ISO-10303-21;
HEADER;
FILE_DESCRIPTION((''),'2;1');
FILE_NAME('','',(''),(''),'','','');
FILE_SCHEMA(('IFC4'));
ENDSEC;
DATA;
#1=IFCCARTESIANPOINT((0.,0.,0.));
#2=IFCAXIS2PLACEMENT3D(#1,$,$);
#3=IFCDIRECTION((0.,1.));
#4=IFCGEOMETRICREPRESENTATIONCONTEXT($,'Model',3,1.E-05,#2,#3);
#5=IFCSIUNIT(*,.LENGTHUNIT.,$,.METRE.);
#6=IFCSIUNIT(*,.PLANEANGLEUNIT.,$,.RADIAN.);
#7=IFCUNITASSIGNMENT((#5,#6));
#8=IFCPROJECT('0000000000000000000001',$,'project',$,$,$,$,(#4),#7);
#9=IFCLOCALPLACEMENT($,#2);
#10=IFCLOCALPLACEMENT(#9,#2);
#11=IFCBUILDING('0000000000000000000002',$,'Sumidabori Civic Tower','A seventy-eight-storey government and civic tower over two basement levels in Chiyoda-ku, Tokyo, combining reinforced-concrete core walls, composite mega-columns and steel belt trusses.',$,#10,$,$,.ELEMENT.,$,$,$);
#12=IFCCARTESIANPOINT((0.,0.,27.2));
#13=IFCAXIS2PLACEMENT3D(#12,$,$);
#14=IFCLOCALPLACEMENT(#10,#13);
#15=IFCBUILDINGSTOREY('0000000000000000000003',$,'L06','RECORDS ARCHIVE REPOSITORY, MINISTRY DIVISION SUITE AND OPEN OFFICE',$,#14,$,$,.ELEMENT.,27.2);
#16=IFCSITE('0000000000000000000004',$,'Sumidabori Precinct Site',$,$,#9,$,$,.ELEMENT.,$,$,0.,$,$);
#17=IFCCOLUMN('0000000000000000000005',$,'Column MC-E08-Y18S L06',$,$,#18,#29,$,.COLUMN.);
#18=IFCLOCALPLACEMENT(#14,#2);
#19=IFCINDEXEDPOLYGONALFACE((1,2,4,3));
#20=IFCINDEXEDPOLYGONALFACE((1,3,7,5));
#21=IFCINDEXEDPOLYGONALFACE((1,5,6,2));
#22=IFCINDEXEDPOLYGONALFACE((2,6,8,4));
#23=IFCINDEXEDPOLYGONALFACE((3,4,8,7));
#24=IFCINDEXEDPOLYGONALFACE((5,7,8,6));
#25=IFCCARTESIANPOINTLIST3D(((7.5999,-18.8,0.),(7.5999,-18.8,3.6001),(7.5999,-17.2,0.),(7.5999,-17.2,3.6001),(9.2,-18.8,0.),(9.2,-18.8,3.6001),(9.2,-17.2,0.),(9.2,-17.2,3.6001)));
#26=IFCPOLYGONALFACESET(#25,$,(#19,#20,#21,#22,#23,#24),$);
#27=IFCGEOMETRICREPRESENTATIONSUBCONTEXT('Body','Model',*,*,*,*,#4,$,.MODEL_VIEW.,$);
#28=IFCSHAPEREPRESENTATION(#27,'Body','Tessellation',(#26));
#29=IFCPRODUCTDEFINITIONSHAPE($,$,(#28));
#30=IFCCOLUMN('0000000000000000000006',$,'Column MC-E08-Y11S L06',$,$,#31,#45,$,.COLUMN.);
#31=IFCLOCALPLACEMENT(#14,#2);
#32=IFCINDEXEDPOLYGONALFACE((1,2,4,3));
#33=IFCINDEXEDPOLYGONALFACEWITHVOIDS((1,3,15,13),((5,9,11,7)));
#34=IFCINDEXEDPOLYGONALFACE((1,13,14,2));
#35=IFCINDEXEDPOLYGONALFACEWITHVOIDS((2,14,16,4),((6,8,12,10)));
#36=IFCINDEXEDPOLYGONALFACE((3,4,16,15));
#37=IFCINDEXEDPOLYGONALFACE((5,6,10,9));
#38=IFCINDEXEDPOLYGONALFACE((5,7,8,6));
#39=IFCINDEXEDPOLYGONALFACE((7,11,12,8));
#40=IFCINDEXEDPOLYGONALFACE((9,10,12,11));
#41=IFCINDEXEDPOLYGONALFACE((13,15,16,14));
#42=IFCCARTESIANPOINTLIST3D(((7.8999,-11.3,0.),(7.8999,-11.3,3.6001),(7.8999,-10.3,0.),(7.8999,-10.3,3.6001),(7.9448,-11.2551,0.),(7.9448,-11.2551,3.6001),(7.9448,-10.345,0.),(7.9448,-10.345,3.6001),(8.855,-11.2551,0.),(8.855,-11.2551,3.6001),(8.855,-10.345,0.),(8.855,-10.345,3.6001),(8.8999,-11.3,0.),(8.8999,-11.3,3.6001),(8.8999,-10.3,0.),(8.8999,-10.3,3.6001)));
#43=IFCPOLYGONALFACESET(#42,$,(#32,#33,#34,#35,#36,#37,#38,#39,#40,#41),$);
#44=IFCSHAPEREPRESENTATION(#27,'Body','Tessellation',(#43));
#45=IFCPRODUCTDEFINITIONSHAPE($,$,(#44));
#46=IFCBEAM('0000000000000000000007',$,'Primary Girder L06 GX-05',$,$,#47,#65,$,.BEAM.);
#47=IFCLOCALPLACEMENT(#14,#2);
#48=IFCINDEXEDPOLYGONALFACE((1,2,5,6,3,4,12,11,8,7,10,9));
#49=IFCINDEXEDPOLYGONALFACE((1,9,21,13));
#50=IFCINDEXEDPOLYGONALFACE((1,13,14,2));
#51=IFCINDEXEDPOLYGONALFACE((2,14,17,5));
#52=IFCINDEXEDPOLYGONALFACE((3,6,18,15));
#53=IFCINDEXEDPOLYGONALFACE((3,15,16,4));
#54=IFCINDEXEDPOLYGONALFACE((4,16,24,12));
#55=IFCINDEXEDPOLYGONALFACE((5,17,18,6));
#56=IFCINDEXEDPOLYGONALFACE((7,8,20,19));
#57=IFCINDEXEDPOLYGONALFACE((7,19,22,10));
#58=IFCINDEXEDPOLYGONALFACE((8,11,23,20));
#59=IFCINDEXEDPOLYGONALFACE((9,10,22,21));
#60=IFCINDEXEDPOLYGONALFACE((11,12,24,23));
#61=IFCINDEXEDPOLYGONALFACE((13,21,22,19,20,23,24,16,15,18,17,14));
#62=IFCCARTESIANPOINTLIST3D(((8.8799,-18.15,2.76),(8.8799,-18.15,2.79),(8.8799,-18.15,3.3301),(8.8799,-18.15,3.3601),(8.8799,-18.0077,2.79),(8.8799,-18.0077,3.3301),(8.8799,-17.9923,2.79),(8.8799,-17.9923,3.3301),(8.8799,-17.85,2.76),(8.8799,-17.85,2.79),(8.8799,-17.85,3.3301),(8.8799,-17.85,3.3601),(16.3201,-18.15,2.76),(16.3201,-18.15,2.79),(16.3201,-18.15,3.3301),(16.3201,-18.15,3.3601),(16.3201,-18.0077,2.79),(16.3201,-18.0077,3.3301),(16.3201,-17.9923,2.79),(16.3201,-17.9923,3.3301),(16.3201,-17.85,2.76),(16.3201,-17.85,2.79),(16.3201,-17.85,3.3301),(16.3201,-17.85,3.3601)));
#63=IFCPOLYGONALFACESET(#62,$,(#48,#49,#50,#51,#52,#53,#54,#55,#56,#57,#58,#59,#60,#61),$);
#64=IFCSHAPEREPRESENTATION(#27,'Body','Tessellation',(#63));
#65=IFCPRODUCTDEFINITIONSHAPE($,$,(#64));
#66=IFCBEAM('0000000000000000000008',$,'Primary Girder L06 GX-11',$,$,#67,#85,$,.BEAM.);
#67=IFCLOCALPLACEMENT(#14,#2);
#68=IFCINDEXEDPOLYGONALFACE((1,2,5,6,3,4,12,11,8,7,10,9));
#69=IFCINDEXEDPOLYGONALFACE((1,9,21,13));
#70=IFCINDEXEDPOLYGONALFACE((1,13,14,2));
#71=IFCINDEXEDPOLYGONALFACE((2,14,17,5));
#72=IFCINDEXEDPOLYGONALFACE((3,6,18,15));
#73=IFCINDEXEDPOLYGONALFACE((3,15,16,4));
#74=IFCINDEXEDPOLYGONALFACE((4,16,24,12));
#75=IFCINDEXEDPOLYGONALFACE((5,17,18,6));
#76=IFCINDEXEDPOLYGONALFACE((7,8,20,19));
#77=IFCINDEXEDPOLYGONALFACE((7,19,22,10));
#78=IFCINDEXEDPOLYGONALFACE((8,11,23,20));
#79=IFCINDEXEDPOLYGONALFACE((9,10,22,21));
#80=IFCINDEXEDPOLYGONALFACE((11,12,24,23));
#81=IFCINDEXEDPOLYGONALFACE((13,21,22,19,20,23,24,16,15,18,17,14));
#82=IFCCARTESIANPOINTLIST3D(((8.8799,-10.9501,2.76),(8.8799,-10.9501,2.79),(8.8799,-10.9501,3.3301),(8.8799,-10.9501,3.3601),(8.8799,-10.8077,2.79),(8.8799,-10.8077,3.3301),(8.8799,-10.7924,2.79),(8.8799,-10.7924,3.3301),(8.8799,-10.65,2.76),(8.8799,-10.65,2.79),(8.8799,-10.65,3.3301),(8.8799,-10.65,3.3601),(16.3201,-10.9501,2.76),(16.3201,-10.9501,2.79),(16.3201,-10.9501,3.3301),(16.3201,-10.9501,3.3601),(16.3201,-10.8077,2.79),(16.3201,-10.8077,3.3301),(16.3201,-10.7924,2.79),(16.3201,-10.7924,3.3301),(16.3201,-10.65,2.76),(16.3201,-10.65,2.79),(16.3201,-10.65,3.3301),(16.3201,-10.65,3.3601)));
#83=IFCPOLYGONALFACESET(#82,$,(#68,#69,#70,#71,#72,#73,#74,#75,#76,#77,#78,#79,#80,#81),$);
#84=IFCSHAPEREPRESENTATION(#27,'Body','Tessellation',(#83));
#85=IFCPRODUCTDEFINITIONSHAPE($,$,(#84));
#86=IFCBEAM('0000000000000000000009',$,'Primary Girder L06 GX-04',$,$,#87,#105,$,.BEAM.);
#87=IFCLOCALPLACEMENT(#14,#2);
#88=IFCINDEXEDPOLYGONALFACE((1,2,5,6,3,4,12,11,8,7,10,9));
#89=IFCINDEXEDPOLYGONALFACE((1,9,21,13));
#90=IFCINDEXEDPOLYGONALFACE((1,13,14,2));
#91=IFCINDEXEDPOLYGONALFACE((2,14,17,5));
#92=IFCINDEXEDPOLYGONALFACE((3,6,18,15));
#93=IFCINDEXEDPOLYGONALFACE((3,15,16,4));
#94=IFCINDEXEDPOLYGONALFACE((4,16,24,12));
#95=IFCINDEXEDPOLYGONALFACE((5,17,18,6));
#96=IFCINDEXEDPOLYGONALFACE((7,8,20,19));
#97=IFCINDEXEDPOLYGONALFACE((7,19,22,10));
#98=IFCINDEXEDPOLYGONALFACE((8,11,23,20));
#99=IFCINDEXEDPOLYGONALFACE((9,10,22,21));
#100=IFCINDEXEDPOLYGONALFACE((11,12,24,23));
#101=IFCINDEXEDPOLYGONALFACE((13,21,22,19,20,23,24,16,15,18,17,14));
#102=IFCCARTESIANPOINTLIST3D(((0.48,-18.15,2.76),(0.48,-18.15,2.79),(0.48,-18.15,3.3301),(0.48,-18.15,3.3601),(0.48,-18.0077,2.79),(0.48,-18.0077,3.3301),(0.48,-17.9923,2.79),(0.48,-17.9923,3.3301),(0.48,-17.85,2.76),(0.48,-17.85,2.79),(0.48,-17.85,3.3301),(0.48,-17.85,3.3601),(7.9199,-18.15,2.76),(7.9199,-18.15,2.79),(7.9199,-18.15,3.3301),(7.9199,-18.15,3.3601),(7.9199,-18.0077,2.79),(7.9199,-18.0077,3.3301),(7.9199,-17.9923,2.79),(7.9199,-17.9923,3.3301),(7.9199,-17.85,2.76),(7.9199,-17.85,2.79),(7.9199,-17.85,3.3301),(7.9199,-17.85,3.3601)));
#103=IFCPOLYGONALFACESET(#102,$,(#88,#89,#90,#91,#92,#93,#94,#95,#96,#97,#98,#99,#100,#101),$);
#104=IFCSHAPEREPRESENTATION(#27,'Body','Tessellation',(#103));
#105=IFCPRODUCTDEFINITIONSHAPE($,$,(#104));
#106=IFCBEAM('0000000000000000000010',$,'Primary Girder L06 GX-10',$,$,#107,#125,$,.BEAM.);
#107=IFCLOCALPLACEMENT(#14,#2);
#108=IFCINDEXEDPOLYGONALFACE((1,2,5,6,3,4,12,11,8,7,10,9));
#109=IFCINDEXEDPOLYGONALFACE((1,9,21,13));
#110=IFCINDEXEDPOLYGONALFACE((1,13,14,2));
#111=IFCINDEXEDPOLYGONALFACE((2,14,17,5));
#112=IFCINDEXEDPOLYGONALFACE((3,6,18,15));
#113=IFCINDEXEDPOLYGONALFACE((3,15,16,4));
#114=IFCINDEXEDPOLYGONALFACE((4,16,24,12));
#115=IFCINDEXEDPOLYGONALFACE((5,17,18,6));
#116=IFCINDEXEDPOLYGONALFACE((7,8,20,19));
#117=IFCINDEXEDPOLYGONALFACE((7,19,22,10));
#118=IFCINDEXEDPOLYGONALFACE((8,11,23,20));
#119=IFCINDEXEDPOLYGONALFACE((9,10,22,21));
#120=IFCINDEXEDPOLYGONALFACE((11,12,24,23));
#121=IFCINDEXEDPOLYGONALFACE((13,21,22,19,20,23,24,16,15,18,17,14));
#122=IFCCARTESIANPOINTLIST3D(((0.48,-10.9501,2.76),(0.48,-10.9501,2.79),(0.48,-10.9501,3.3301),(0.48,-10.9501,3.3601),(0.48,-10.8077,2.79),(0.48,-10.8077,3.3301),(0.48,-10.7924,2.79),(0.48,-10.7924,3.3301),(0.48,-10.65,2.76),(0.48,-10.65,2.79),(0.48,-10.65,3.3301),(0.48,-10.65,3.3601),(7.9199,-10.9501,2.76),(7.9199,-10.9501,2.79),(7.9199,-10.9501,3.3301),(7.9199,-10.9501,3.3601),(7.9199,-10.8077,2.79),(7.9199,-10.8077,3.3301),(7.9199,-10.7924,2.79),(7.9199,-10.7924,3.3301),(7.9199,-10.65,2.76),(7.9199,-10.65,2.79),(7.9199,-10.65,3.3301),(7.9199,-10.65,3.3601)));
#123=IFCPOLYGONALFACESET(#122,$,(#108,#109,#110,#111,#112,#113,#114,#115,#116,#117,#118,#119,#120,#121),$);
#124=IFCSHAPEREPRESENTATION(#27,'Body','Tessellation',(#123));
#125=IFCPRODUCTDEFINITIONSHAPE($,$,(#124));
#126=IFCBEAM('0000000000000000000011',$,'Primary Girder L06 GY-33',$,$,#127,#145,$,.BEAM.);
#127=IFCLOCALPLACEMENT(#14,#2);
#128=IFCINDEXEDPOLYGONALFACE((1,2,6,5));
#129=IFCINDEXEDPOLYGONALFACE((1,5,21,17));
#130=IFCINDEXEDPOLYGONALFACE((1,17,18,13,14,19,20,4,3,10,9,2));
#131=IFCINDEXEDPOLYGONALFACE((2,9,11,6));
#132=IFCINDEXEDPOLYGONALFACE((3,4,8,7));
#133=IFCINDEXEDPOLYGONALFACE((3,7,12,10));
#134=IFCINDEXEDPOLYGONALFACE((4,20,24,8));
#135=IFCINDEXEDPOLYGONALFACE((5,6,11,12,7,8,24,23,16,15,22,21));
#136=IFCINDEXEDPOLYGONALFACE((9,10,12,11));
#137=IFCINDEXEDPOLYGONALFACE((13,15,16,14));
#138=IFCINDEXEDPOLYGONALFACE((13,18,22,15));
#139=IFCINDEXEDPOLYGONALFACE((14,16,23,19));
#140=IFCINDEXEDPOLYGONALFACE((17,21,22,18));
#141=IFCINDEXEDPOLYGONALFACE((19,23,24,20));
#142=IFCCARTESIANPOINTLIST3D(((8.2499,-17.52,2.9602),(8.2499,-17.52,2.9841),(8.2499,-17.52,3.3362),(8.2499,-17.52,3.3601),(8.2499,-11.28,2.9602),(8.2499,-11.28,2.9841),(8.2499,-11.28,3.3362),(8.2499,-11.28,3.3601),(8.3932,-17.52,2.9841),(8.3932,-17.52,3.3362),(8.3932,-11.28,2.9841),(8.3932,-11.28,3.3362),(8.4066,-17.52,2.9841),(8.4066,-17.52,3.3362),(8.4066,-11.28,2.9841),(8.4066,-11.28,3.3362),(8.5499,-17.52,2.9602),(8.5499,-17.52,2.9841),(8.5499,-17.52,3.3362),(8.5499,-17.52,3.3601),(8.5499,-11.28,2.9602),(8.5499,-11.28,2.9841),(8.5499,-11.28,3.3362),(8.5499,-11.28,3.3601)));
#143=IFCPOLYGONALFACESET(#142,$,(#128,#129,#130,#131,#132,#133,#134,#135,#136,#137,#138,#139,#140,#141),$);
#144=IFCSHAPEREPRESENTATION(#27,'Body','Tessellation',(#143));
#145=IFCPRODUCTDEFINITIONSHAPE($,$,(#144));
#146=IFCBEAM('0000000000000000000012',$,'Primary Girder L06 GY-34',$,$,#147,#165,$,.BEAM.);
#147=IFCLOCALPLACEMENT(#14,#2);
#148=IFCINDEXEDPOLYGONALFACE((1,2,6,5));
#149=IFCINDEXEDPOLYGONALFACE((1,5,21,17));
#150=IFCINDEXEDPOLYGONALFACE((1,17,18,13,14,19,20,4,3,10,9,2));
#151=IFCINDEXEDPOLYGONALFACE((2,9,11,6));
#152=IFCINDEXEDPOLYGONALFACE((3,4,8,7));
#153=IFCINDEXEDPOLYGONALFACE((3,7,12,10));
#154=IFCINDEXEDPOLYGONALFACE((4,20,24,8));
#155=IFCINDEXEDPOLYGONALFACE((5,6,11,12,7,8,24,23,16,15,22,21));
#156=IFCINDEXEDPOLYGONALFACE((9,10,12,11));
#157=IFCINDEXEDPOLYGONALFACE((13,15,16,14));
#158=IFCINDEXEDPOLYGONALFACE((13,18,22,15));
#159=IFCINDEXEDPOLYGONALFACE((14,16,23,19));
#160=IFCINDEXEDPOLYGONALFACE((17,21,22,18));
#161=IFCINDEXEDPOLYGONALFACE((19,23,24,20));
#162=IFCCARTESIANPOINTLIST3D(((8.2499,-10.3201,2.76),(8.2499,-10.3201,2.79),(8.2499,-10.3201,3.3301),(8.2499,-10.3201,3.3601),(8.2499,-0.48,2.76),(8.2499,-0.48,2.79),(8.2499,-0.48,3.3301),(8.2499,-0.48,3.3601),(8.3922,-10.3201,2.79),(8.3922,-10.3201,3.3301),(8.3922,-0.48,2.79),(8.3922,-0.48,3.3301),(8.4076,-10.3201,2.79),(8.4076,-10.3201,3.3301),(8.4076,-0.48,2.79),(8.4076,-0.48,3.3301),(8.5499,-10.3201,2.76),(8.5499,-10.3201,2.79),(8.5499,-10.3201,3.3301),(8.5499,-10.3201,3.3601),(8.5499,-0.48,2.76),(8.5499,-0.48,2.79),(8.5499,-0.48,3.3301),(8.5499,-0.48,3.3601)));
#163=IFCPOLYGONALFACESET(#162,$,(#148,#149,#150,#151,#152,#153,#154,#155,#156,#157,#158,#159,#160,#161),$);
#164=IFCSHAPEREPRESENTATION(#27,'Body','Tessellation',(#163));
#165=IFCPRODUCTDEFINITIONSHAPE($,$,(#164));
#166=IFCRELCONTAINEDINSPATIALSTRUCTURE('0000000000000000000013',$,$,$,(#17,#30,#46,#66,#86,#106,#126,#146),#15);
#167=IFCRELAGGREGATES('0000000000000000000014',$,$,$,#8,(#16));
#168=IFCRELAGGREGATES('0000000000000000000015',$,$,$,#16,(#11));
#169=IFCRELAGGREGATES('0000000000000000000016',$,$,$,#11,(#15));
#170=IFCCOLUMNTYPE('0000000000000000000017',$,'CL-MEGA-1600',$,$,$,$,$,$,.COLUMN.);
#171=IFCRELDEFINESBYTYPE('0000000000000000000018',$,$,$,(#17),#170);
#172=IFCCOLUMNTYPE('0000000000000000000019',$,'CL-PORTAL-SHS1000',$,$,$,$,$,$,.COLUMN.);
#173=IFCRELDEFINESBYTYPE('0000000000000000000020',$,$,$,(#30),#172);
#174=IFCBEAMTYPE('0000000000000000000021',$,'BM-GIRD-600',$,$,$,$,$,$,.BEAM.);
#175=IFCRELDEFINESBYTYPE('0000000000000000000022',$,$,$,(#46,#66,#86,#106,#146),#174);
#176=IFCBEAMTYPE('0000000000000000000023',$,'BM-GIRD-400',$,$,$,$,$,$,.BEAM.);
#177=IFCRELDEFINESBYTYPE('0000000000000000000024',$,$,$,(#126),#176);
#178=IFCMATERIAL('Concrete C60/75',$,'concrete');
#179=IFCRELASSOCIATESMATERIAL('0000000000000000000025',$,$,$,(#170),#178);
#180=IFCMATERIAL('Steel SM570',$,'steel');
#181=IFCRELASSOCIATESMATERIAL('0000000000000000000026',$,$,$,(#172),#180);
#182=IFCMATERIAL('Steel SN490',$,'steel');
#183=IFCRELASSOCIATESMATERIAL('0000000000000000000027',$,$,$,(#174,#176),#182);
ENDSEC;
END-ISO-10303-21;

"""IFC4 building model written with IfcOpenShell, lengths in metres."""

from ifc_helpers import new_model, si_unit, direction, frame, origin, origin_2d, place, context, subcontext, project, spatial, rectangle, hollow_rectangle, i_section, extrude, source, transform, mapped, material, material_profile, profile_set, type_object, element, save


model = new_model("IFC4")

# Units and contexts
model_context = context("Model", 3, precision=1e-05, world=origin(), true_north=direction((0.0, 1.0)))
body_context = subcontext(model_context, "Body", "Model", "MODEL_VIEW")
ifc_project = project(units=[si_unit("LENGTHUNIT", "METRE"), si_unit("PLANEANGLEUNIT", "RADIAN")], contexts=[model_context])

# Site, building, storey
site_placement = place(None, origin())
site = spatial("IfcSite", under=ifc_project, at=site_placement, Name="Sumidabori Precinct Site", CompositionType="ELEMENT", RefElevation=0.0)
building_placement = place(site_placement, origin())
building = spatial("IfcBuilding", under=site, at=building_placement, Name="Sumidabori Civic Tower", Description="A seventy-eight-storey government and civic tower over two basement levels in Chiyoda-ku, Tokyo, combining reinforced-concrete core walls, composite mega-columns and steel belt trusses.", CompositionType="ELEMENT")
storey_placement = place(building_placement, frame((0.0, 0.0, 27.2)))
storey = spatial("IfcBuildingStorey", under=building, at=storey_placement, Name="L06", Description="RECORDS ARCHIVE REPOSITORY, MINISTRY DIVISION SUITE AND OPEN OFFICE", CompositionType="ELEMENT", Elevation=27.2)

# Columns
ifc_material_1 = material(Name="Concrete C60/75", Category="concrete")
ifc_material_profile_1 = material_profile(ifc_material_1, rectangle(XDim=1.6001, YDim=1.6001, at=origin_2d()), Name="RC 1600x1600")
ifc_profile_set_1 = profile_set([ifc_material_profile_1], Name="Concrete C60/75")
column_type_1 = type_object("IfcColumnType", Name="CL-MEGA-1600", PredefinedType="COLUMN", material=ifc_profile_set_1)
shared_shape_1 = source(origin(), body_context, "Body", "SweptSolid", [
    extrude(rectangle(XDim=1.6001, YDim=1.6001, at=origin_2d()), origin(), (0.0, 0.0, 1.0), 3.6001),
])
column_1_placement = place(storey_placement, frame((8.3999, -18.0, 0.0), z_axis=(0.0, 0.0, 1.0), x_axis=(1.0, 0.0, 0.0)))
element("IfcColumn", 1, at=column_1_placement, inside=storey, type_object=column_type_1, Name="Column MC-E08-Y18S L06", PredefinedType="COLUMN", context=body_context, shape_type="MappedRepresentation", body=[
    mapped(shared_shape_1, transform((0.0, 0.0, 0.0), x_axis=(1.0, 0.0, 0.0), y_axis=(0.0, 1.0, 0.0), z_axis=(0.0, 0.0, 1.0), scale=1.0)),
])
ifc_material_2 = material(Name="Steel SM570", Category="steel")
ifc_material_profile_2 = material_profile(ifc_material_2, hollow_rectangle(XDim=1.0, YDim=1.0, WallThickness=0.0449, at=origin_2d()), Name="SHS 1000x1000x45")
ifc_profile_set_2 = profile_set([ifc_material_profile_2], Name="Steel SM570")
column_type_2 = type_object("IfcColumnType", Name="CL-PORTAL-SHS1000", PredefinedType="COLUMN", material=ifc_profile_set_2)
shared_shape_2 = source(origin(), body_context, "Body", "SweptSolid", [
    extrude(hollow_rectangle(XDim=1.0, YDim=1.0, WallThickness=0.0449, at=origin_2d()), origin(), (0.0, 0.0, 1.0), 3.6001),
])
column_2_placement = place(storey_placement, frame((8.3999, -10.8, 0.0), z_axis=(0.0, 0.0, 1.0), x_axis=(1.0, 0.0, 0.0)))
element("IfcColumn", 2, at=column_2_placement, inside=storey, type_object=column_type_2, Name="Column MC-E08-Y11S L06", PredefinedType="COLUMN", context=body_context, shape_type="MappedRepresentation", body=[
    mapped(shared_shape_2, transform((0.0, 0.0, 0.0), x_axis=(1.0, 0.0, 0.0), y_axis=(0.0, 1.0, 0.0), z_axis=(0.0, 0.0, 1.0), scale=1.0)),
])

# Beams
ifc_material_3 = material(Name="Steel SN490", Category="steel")
ifc_material_profile_3 = material_profile(ifc_material_3, i_section(OverallWidth=0.3, OverallDepth=0.6001, WebThickness=0.0154, FlangeThickness=0.03, at=origin_2d()), Name="HE 600 B")
ifc_profile_set_3 = profile_set([ifc_material_profile_3], Name="Steel SN490")
beam_type_1 = type_object("IfcBeamType", Name="BM-GIRD-600", PredefinedType="BEAM", material=ifc_profile_set_3)
shared_shape_3 = source(origin(), body_context, "Body", "SweptSolid", [
    extrude(i_section(OverallWidth=0.3, OverallDepth=0.6001, WebThickness=0.0154, FlangeThickness=0.03, at=origin_2d()), origin(), (0.0, 0.0, 1.0), 7.4402),
])
for number, where, z_axis, x_axis, name in (
    (3, (8.8799, -18.0, 3.0601), (1.0, 0.0, 0.0), (0.0, 1.0, 0.0), "Primary Girder L06 GX-05"),
    (4, (8.8799, -10.8, 3.0601), (1.0, 0.0, 0.0), (0.0, 1.0, 0.0), "Primary Girder L06 GX-11"),
):
    element("IfcBeam", number, at=place(storey_placement, frame(where, z_axis=z_axis, x_axis=x_axis)), inside=storey, type_object=beam_type_1, Name=name, PredefinedType="BEAM", context=body_context, shape_type="MappedRepresentation", body=[
        mapped(shared_shape_3, transform((0.0, 0.0, 0.0), x_axis=(1.0, 0.0, 0.0), y_axis=(0.0, 1.0, 0.0), z_axis=(0.0, 0.0, 1.0), scale=1.0)),
    ])
shared_shape_4 = source(origin(), body_context, "Body", "SweptSolid", [
    extrude(i_section(OverallWidth=0.3, OverallDepth=0.6001, WebThickness=0.0154, FlangeThickness=0.03, at=origin_2d()), origin(), (0.0, 0.0, 1.0), 7.4399),
])
for number, where, z_axis, x_axis, name in (
    (5, (0.48, -18.0, 3.0601), (1.0, 0.0, 0.0), (0.0, 1.0, 0.0), "Primary Girder L06 GX-04"),
    (6, (0.48, -10.8, 3.0601), (1.0, 0.0, 0.0), (0.0, 1.0, 0.0), "Primary Girder L06 GX-10"),
):
    element("IfcBeam", number, at=place(storey_placement, frame(where, z_axis=z_axis, x_axis=x_axis)), inside=storey, type_object=beam_type_1, Name=name, PredefinedType="BEAM", context=body_context, shape_type="MappedRepresentation", body=[
        mapped(shared_shape_4, transform((0.0, 0.0, 0.0), x_axis=(1.0, 0.0, 0.0), y_axis=(0.0, 1.0, 0.0), z_axis=(0.0, 0.0, 1.0), scale=1.0)),
    ])
ifc_material_profile_4 = material_profile(ifc_material_3, i_section(OverallWidth=0.3, OverallDepth=0.3999, WebThickness=0.0134, FlangeThickness=0.0239, at=origin_2d()), Name="HE 400 B")
ifc_profile_set_4 = profile_set([ifc_material_profile_4], Name="Steel SN490")
beam_type_2 = type_object("IfcBeamType", Name="BM-GIRD-400", PredefinedType="BEAM", material=ifc_profile_set_4)
shared_shape_5 = source(origin(), body_context, "Body", "SweptSolid", [
    extrude(i_section(OverallWidth=0.3, OverallDepth=0.3999, WebThickness=0.0134, FlangeThickness=0.0239, at=origin_2d()), origin(), (0.0, 0.0, 1.0), 6.24),
])
beam_1_placement = place(storey_placement, frame((8.3999, -17.52, 3.1602), z_axis=(0.0, 1.0, 0.0), x_axis=(-1.0, 0.0, 0.0)))
element("IfcBeam", 7, at=beam_1_placement, inside=storey, type_object=beam_type_2, Name="Primary Girder L06 GY-33", PredefinedType="BEAM", context=body_context, shape_type="MappedRepresentation", body=[
    mapped(shared_shape_5, transform((0.0, 0.0, 0.0), x_axis=(1.0, 0.0, 0.0), y_axis=(0.0, 1.0, 0.0), z_axis=(0.0, 0.0, 1.0), scale=1.0)),
])
shared_shape_6 = source(origin(), body_context, "Body", "SweptSolid", [
    extrude(i_section(OverallWidth=0.3, OverallDepth=0.6001, WebThickness=0.0154, FlangeThickness=0.03, at=origin_2d()), origin(), (0.0, 0.0, 1.0), 9.8401),
])
beam_2_placement = place(storey_placement, frame((8.3999, -10.3201, 3.0601), z_axis=(0.0, 1.0, 0.0), x_axis=(-1.0, 0.0, 0.0)))
element("IfcBeam", 8, at=beam_2_placement, inside=storey, type_object=beam_type_1, Name="Primary Girder L06 GY-34", PredefinedType="BEAM", context=body_context, shape_type="MappedRepresentation", body=[
    mapped(shared_shape_6, transform((0.0, 0.0, 0.0), x_axis=(1.0, 0.0, 0.0), y_axis=(0.0, 1.0, 0.0), z_axis=(0.0, 0.0, 1.0), scale=1.0)),
])

save(model, "model.ifc")
